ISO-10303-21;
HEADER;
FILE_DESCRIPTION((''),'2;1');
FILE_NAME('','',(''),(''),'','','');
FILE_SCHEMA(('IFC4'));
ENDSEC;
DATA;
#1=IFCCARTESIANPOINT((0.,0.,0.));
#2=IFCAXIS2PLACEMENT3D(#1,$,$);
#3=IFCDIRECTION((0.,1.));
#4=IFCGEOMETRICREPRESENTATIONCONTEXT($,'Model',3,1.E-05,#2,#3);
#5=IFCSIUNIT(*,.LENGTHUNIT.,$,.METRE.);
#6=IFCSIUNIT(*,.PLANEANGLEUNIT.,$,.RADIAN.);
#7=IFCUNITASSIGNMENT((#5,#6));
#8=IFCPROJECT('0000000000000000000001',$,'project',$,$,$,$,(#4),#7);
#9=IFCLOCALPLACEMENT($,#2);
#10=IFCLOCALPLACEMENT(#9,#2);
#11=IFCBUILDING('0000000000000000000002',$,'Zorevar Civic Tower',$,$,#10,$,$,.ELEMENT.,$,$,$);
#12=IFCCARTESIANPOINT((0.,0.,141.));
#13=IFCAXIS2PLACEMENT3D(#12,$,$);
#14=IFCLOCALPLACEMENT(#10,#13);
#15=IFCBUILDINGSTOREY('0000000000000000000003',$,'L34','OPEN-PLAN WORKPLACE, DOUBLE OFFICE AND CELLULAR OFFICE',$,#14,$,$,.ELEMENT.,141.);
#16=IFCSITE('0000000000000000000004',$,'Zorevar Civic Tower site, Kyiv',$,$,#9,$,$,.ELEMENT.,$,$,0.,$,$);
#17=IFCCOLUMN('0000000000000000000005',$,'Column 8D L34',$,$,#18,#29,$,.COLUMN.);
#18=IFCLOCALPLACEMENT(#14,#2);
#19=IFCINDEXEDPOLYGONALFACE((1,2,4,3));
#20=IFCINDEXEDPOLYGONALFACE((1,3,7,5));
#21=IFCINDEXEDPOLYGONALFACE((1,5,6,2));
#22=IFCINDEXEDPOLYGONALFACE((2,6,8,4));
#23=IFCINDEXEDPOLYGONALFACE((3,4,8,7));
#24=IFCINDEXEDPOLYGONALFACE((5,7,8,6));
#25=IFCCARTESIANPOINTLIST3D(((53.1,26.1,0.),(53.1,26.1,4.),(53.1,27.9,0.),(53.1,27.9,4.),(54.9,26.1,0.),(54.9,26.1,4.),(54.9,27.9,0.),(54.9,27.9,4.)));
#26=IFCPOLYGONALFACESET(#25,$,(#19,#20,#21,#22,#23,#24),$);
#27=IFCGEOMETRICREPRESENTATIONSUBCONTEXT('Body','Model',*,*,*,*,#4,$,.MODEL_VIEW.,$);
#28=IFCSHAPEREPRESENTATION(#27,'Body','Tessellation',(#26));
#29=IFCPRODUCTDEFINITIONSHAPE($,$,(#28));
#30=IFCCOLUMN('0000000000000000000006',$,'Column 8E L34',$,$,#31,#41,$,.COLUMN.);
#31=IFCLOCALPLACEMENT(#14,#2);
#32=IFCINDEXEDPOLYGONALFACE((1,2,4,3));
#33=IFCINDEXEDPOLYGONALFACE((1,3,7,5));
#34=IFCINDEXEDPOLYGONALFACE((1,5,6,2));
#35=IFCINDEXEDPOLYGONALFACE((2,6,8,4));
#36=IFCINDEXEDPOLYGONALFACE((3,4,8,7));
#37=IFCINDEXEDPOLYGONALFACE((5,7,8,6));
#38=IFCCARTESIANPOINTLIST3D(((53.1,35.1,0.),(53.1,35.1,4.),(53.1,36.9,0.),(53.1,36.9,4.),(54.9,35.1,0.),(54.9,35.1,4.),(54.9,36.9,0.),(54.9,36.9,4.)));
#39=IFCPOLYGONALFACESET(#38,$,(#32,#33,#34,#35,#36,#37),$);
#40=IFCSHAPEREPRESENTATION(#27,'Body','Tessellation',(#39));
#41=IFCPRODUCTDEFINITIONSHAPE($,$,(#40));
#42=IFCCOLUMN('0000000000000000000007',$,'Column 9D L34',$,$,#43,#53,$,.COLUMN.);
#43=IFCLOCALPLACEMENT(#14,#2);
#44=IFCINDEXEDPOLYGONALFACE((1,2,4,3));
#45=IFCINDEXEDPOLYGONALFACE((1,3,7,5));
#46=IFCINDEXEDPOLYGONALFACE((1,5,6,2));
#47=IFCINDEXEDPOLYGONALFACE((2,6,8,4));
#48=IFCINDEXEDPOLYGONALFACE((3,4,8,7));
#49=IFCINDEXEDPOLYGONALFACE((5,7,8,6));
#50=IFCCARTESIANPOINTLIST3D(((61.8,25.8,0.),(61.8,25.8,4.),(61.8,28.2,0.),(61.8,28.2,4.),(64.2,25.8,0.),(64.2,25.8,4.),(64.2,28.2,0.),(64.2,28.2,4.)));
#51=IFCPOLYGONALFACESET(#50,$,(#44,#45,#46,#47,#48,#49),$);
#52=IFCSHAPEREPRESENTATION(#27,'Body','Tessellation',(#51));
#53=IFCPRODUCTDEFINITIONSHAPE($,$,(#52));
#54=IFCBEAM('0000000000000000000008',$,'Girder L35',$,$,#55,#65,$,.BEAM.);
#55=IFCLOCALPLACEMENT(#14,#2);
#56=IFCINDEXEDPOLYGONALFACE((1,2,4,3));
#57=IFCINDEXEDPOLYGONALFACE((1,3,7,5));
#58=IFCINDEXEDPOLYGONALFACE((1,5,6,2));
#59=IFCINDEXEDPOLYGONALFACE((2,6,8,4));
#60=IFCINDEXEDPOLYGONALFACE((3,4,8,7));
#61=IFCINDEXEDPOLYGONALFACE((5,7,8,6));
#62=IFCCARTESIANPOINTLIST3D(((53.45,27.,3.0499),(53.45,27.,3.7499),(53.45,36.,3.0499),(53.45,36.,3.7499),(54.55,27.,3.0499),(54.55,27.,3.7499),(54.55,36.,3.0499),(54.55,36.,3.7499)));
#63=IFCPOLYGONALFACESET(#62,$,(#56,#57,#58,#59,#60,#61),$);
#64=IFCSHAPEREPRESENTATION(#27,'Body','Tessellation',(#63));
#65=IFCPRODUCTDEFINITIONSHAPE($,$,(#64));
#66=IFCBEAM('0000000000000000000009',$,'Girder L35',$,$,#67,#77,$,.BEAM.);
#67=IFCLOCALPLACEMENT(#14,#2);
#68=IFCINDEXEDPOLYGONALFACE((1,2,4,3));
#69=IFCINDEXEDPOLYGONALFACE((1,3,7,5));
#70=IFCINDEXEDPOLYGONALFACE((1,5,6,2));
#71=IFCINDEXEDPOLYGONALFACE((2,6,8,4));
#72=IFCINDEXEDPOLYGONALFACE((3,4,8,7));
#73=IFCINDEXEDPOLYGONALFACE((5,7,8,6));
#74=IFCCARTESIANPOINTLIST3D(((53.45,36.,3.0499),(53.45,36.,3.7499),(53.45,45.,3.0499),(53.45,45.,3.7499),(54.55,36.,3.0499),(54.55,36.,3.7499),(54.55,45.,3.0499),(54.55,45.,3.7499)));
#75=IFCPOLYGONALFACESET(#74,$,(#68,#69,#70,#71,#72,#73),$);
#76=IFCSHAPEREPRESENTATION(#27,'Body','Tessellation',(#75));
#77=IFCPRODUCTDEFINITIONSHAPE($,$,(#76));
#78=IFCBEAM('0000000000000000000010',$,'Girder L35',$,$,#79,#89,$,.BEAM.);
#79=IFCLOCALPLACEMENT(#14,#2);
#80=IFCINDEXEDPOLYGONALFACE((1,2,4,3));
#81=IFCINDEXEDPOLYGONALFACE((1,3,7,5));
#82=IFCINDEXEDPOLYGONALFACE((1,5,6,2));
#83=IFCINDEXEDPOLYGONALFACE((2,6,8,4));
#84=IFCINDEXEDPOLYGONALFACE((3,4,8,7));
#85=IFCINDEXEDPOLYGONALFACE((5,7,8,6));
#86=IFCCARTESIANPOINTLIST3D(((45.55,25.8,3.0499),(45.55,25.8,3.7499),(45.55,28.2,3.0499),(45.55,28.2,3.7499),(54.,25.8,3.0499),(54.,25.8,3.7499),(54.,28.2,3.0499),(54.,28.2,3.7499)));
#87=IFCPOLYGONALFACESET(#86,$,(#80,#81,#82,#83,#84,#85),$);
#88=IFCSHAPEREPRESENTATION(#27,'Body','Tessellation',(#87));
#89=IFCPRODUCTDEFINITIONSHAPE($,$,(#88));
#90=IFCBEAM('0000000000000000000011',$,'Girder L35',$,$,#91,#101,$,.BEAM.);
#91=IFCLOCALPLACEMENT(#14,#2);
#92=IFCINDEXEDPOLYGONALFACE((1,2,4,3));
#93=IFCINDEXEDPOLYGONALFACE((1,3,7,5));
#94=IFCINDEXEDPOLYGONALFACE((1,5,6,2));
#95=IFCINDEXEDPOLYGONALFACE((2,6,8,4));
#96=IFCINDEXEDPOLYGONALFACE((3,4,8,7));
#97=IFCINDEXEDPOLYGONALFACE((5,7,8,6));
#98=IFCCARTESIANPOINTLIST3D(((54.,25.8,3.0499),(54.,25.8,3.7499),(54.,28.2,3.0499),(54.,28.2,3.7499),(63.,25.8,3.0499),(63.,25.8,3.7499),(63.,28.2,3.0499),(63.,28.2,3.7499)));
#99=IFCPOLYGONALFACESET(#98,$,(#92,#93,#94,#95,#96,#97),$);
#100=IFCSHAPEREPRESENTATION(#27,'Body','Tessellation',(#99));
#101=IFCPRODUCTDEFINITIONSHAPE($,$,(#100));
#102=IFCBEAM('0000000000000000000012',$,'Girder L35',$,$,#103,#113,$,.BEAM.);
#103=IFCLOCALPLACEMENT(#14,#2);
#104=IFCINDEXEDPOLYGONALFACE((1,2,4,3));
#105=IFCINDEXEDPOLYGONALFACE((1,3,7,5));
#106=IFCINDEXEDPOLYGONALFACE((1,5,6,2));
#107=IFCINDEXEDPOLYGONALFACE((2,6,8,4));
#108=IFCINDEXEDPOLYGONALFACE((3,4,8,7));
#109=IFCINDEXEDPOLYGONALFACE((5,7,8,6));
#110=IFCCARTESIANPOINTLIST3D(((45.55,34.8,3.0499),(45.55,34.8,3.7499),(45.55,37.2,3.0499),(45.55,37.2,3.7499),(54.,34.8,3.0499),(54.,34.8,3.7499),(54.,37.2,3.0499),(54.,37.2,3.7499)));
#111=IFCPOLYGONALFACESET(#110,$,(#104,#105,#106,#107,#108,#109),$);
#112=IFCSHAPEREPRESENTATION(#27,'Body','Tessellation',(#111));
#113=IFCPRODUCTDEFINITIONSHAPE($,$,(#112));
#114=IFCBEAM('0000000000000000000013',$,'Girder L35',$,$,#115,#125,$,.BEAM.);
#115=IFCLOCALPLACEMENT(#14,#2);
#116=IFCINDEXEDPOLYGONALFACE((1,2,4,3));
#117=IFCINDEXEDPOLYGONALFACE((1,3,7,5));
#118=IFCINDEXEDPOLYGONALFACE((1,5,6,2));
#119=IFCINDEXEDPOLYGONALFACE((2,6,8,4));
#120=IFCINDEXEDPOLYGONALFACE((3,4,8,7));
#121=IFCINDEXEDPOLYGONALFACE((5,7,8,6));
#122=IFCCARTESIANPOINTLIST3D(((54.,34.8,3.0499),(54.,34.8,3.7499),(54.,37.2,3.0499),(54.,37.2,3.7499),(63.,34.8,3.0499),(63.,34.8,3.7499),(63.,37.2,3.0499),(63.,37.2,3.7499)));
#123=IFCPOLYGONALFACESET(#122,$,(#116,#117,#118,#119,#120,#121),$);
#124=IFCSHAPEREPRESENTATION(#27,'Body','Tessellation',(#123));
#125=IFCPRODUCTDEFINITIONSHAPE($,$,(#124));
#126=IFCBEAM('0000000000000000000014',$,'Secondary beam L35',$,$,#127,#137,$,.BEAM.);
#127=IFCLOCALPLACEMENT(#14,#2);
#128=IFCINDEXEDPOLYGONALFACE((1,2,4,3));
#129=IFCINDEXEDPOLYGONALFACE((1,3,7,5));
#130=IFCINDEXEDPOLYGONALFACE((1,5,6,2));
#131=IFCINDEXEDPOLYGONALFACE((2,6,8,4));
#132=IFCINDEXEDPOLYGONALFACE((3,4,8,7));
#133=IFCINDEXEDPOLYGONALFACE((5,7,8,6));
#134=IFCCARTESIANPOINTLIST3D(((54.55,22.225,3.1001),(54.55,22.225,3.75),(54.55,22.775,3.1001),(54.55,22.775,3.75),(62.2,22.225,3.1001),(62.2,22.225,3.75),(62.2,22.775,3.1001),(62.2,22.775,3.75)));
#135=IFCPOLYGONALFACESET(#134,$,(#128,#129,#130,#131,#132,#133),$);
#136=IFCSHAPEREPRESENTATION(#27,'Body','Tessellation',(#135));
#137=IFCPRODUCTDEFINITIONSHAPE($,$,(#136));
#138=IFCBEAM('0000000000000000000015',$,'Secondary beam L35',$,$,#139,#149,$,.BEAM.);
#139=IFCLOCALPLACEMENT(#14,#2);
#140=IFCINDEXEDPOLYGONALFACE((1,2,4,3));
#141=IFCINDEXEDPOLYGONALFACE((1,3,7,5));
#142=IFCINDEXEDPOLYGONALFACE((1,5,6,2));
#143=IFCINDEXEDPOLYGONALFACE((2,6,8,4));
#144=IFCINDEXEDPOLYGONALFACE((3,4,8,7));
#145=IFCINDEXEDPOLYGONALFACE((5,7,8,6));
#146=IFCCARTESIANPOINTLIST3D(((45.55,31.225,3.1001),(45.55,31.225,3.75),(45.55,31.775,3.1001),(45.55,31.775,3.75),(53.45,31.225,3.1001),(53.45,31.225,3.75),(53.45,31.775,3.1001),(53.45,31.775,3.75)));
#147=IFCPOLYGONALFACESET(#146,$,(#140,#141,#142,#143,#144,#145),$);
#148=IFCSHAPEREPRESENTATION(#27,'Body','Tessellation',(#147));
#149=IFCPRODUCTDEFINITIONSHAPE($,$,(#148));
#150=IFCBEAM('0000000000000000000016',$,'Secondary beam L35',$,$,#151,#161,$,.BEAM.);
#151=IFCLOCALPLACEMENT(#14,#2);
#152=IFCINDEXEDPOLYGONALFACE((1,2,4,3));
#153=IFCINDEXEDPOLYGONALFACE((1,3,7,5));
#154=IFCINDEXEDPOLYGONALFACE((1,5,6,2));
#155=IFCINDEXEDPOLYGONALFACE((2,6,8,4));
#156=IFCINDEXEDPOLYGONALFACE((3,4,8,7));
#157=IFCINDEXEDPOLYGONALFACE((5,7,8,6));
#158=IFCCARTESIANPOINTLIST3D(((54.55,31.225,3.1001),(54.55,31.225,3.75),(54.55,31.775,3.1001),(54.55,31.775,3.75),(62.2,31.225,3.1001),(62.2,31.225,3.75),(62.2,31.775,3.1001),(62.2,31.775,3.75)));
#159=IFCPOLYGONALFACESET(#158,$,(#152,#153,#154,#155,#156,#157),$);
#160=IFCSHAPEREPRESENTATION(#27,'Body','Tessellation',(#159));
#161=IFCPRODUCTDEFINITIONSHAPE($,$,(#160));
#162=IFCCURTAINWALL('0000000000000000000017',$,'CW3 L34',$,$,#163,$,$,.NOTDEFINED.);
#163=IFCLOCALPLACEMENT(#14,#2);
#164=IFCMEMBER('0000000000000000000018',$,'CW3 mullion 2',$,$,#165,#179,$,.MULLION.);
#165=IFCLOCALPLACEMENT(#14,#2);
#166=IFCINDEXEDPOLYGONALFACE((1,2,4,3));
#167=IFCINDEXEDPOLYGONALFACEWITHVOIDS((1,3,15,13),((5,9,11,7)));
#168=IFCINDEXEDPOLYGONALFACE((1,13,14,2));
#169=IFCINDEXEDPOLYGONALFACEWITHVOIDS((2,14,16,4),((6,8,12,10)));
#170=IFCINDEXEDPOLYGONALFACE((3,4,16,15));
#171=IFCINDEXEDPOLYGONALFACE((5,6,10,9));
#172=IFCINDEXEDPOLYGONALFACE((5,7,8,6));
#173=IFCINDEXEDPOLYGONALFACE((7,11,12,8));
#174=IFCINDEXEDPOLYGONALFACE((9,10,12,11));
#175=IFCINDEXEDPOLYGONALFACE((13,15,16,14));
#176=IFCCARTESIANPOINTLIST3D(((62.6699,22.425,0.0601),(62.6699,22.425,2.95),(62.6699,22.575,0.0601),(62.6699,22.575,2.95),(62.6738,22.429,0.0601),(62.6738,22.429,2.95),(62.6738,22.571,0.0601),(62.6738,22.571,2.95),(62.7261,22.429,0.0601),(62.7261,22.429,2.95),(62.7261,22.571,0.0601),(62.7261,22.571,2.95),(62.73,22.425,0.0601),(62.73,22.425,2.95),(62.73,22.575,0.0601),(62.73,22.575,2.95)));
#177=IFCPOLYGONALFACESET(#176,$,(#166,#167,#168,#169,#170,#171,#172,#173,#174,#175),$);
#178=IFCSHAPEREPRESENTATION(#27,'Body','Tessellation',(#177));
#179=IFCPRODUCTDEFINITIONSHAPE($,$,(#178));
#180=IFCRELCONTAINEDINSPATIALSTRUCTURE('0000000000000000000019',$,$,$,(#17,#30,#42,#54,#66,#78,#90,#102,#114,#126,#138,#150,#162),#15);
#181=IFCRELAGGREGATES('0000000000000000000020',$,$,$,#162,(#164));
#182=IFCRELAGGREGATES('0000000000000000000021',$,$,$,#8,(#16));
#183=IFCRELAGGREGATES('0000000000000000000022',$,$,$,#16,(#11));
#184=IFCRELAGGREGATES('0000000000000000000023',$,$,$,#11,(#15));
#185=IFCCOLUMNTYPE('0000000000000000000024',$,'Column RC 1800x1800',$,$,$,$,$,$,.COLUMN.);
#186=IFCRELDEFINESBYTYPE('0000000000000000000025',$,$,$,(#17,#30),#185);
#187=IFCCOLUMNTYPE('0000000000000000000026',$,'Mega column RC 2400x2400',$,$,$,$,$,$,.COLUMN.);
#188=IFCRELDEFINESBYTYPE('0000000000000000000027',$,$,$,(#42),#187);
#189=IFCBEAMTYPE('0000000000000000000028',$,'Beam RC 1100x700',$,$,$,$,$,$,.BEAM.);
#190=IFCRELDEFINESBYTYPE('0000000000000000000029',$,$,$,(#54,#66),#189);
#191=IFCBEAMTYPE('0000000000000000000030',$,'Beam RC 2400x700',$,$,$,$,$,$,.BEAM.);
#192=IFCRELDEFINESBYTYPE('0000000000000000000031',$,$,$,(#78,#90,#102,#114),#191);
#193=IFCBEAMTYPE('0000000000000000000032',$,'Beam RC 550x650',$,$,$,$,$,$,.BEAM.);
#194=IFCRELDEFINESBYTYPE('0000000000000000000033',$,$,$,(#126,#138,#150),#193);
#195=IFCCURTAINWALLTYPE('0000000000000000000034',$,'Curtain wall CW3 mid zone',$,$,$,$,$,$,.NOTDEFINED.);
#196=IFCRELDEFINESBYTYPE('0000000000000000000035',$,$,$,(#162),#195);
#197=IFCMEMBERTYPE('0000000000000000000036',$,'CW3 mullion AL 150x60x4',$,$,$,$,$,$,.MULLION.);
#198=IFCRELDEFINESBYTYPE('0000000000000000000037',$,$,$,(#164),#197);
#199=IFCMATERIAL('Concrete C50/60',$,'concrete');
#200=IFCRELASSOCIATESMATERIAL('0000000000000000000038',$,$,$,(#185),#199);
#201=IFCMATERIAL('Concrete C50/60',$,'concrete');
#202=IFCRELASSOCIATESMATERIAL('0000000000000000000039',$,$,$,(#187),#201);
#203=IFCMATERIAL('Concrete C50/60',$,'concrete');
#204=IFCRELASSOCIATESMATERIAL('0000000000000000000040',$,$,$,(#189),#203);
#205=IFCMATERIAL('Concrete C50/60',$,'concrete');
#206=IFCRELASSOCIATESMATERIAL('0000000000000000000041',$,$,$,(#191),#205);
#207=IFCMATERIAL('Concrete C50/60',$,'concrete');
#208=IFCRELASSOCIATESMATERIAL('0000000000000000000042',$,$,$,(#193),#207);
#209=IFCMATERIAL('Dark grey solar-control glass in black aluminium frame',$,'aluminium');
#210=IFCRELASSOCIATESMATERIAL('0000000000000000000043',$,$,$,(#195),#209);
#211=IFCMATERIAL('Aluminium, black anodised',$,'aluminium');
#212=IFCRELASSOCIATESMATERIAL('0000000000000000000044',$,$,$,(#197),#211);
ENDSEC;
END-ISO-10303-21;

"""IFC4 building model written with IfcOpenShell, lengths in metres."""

from ifc_helpers import new_model, si_unit, direction, frame, origin, origin_2d, place, context, subcontext, project, spatial, rectangle, hollow_rectangle, extrude, material, material_profile, profile_set, type_object, element, aggregate, save


model = new_model("IFC4")

# Units and contexts
model_context = context("Model", 3, precision=1e-05, world=origin(), true_north=direction((0.0, 1.0)))
body_context = subcontext(model_context, "Body", "Model", "MODEL_VIEW")
ifc_project = project(units=[si_unit("LENGTHUNIT", "METRE"), si_unit("PLANEANGLEUNIT", "RADIAN")], contexts=[model_context])

# Site, building, storey
site_placement = place(None, origin())
site = spatial("IfcSite", under=ifc_project, at=site_placement, Name="Zorevar Civic Tower site, Kyiv", CompositionType="ELEMENT", RefElevation=0.0)
building_placement = place(site_placement, origin())
building = spatial("IfcBuilding", under=site, at=building_placement, Name="Zorevar Civic Tower", CompositionType="ELEMENT")
storey_placement = place(building_placement, frame((0.0, 0.0, 141.0)))
storey = spatial("IfcBuildingStorey", under=building, at=storey_placement, Name="L34", Description="OPEN-PLAN WORKPLACE, DOUBLE OFFICE AND CELLULAR OFFICE", CompositionType="ELEMENT", Elevation=141.0)

# Columns
ifc_material_1 = material(Name="Concrete C50/60", Category="concrete")
ifc_material_profile_1 = material_profile(ifc_material_1, rectangle(XDim=1.8, YDim=1.8, at=origin_2d()), Name="RC 1800x1800")
ifc_profile_set_1 = profile_set([ifc_material_profile_1], Name="Concrete C50/60")
column_type_1 = type_object("IfcColumnType", Name="Column RC 1800x1800", PredefinedType="COLUMN", material=ifc_profile_set_1)
for number, where, z_axis, x_axis, name in (
    (1, (54.0, 27.0, 0.0), (0.0, 0.0, 1.0), (1.0, 0.0, 0.0), "Column 8D L34"),
    (2, (54.0, 36.0, 0.0), (0.0, 0.0, 1.0), (1.0, 0.0, 0.0), "Column 8E L34"),
):
    element("IfcColumn", number, at=place(storey_placement, frame(where, z_axis=z_axis, x_axis=x_axis)), inside=storey, type_object=column_type_1, Name=name, PredefinedType="COLUMN", context=body_context, shape_type="SweptSolid", body=[
        extrude(rectangle(XDim=1.8, YDim=1.8, at=origin_2d()), origin(), (0.0, 0.0, 1.0), 4.0),
    ])
ifc_material_2 = material(Name="Concrete C50/60", Category="concrete")
ifc_material_profile_2 = material_profile(ifc_material_2, rectangle(XDim=2.3999, YDim=2.3999, at=origin_2d()), Name="RC 2400x2400")
ifc_profile_set_2 = profile_set([ifc_material_profile_2], Name="Concrete C50/60")
column_type_2 = type_object("IfcColumnType", Name="Mega column RC 2400x2400", PredefinedType="COLUMN", material=ifc_profile_set_2)
column_placement = place(storey_placement, frame((63.0, 27.0, 0.0), z_axis=(0.0, 0.0, 1.0), x_axis=(1.0, 0.0, 0.0)))
element("IfcColumn", 3, at=column_placement, inside=storey, type_object=column_type_2, Name="Column 9D L34", PredefinedType="COLUMN", context=body_context, shape_type="SweptSolid", body=[
    extrude(rectangle(XDim=2.3999, YDim=2.3999, at=origin_2d()), origin(), (0.0, 0.0, 1.0), 4.0),
])

# Beams
ifc_material_3 = material(Name="Concrete C50/60", Category="concrete")
ifc_material_profile_3 = material_profile(ifc_material_3, rectangle(XDim=1.1001, YDim=0.7, at=origin_2d()), Name="RC 1100x700")
ifc_profile_set_3 = profile_set([ifc_material_profile_3], Name="Concrete C50/60")
beam_type_1 = type_object("IfcBeamType", Name="Beam RC 1100x700", PredefinedType="BEAM", material=ifc_profile_set_3)
for number, where, z_axis, x_axis, name in (
    (4, (54.0, 27.0, 3.3999), (0.0, 1.0, 0.0), (-1.0, 0.0, 0.0), "Girder L35"),
    (5, (54.0, 36.0, 3.3999), (0.0, 1.0, 0.0), (-1.0, 0.0, 0.0), "Girder L35"),
):
    element("IfcBeam", number, at=place(storey_placement, frame(where, z_axis=z_axis, x_axis=x_axis)), inside=storey, type_object=beam_type_1, Name=name, PredefinedType="BEAM", context=body_context, shape_type="SweptSolid", body=[
        extrude(rectangle(XDim=1.1001, YDim=0.7, at=origin_2d()), origin(), (0.0, 0.0, 1.0), 9.0),
    ])
ifc_material_4 = material(Name="Concrete C50/60", Category="concrete")
ifc_material_profile_4 = material_profile(ifc_material_4, rectangle(XDim=2.3999, YDim=0.7, at=origin_2d()), Name="RC 2400x700")
ifc_profile_set_4 = profile_set([ifc_material_profile_4], Name="Concrete C50/60")
beam_type_2 = type_object("IfcBeamType", Name="Beam RC 2400x700", PredefinedType="BEAM", material=ifc_profile_set_4)
beam_1_placement = place(storey_placement, frame((45.55, 27.0, 3.3999), z_axis=(1.0, 0.0, 0.0), x_axis=(0.0, 1.0, 0.0)))
element("IfcBeam", 6, at=beam_1_placement, inside=storey, type_object=beam_type_2, Name="Girder L35", PredefinedType="BEAM", context=body_context, shape_type="SweptSolid", body=[
    extrude(rectangle(XDim=2.3999, YDim=0.7, at=origin_2d()), origin(), (0.0, 0.0, 1.0), 8.45),
])
beam_2_placement = place(storey_placement, frame((54.0, 27.0, 3.3999), z_axis=(1.0, 0.0, 0.0), x_axis=(0.0, 1.0, 0.0)))
element("IfcBeam", 7, at=beam_2_placement, inside=storey, type_object=beam_type_2, Name="Girder L35", PredefinedType="BEAM", context=body_context, shape_type="SweptSolid", body=[
    extrude(rectangle(XDim=2.3999, YDim=0.7, at=origin_2d()), origin(), (0.0, 0.0, 1.0), 9.0),
])
beam_3_placement = place(storey_placement, frame((45.55, 36.0, 3.3999), z_axis=(1.0, 0.0, 0.0), x_axis=(0.0, 1.0, 0.0)))
element("IfcBeam", 8, at=beam_3_placement, inside=storey, type_object=beam_type_2, Name="Girder L35", PredefinedType="BEAM", context=body_context, shape_type="SweptSolid", body=[
    extrude(rectangle(XDim=2.3999, YDim=0.7, at=origin_2d()), origin(), (0.0, 0.0, 1.0), 8.45),
])
beam_4_placement = place(storey_placement, frame((54.0, 36.0, 3.3999), z_axis=(1.0, 0.0, 0.0), x_axis=(0.0, 1.0, 0.0)))
element("IfcBeam", 9, at=beam_4_placement, inside=storey, type_object=beam_type_2, Name="Girder L35", PredefinedType="BEAM", context=body_context, shape_type="SweptSolid", body=[
    extrude(rectangle(XDim=2.3999, YDim=0.7, at=origin_2d()), origin(), (0.0, 0.0, 1.0), 9.0),
])
ifc_material_5 = material(Name="Concrete C50/60", Category="concrete")
ifc_material_profile_5 = material_profile(ifc_material_5, rectangle(XDim=0.55, YDim=0.6499, at=origin_2d()), Name="RC 550x650")
ifc_profile_set_5 = profile_set([ifc_material_profile_5], Name="Concrete C50/60")
beam_type_3 = type_object("IfcBeamType", Name="Beam RC 550x650", PredefinedType="BEAM", material=ifc_profile_set_5)
beam_5_placement = place(storey_placement, frame((54.55, 22.5, 3.425), z_axis=(1.0, 0.0, 0.0), x_axis=(0.0, 1.0, 0.0)))
element("IfcBeam", 10, at=beam_5_placement, inside=storey, type_object=beam_type_3, Name="Secondary beam L35", PredefinedType="BEAM", context=body_context, shape_type="SweptSolid", body=[
    extrude(rectangle(XDim=0.55, YDim=0.6499, at=origin_2d()), origin(), (0.0, 0.0, 1.0), 7.6499),
])
beam_6_placement = place(storey_placement, frame((45.55, 31.5, 3.425), z_axis=(1.0, 0.0, 0.0), x_axis=(0.0, 1.0, 0.0)))
element("IfcBeam", 11, at=beam_6_placement, inside=storey, type_object=beam_type_3, Name="Secondary beam L35", PredefinedType="BEAM", context=body_context, shape_type="SweptSolid", body=[
    extrude(rectangle(XDim=0.55, YDim=0.6499, at=origin_2d()), origin(), (0.0, 0.0, 1.0), 7.8999),
])
beam_7_placement = place(storey_placement, frame((54.55, 31.5, 3.425), z_axis=(1.0, 0.0, 0.0), x_axis=(0.0, 1.0, 0.0)))
element("IfcBeam", 12, at=beam_7_placement, inside=storey, type_object=beam_type_3, Name="Secondary beam L35", PredefinedType="BEAM", context=body_context, shape_type="SweptSolid", body=[
    extrude(rectangle(XDim=0.55, YDim=0.6499, at=origin_2d()), origin(), (0.0, 0.0, 1.0), 7.6499),
])

# Curtain wall, member
ifc_material_6 = material(Name="Dark grey solar-control glass in black aluminium frame", Category="aluminium")
curtain_wall_type = type_object("IfcCurtainWallType", Name="Curtain wall CW3 mid zone", PredefinedType="NOTDEFINED", material=ifc_material_6)
curtain_wall_1_placement = place(storey_placement, origin())
curtain_wall_1 = element("IfcCurtainWall", 13, at=curtain_wall_1_placement, inside=storey, type_object=curtain_wall_type, Name="CW3 L34", PredefinedType="NOTDEFINED")
ifc_material_7 = material(Name="Aluminium, black anodised", Category="aluminium")
ifc_material_profile_6 = material_profile(ifc_material_7, hollow_rectangle(XDim=0.0601, YDim=0.1499, WallThickness=0.0039, at=origin_2d()), Name="AL 150x60x4")
ifc_profile_set_6 = profile_set([ifc_material_profile_6], Name="Aluminium, black anodised")
member_type_1 = type_object("IfcMemberType", Name="CW3 mullion AL 150x60x4", PredefinedType="MULLION", material=ifc_profile_set_6)
member_1_placement = place(storey_placement, frame((62.7, 22.5, 0.0601), z_axis=(0.0, 0.0, 1.0), x_axis=(-1.0, 0.0, 0.0)))
member_1 = element("IfcMember", 14, at=member_1_placement, type_object=member_type_1, Name="CW3 mullion 2", PredefinedType="MULLION", context=body_context, shape_type="SweptSolid", body=[
    extrude(hollow_rectangle(XDim=0.0601, YDim=0.1499, WallThickness=0.0039, at=origin_2d()), origin(), (0.0, 0.0, 1.0), 2.8899),
])

aggregate(curtain_wall_1, [member_1])

save(model, "model.ifc")
